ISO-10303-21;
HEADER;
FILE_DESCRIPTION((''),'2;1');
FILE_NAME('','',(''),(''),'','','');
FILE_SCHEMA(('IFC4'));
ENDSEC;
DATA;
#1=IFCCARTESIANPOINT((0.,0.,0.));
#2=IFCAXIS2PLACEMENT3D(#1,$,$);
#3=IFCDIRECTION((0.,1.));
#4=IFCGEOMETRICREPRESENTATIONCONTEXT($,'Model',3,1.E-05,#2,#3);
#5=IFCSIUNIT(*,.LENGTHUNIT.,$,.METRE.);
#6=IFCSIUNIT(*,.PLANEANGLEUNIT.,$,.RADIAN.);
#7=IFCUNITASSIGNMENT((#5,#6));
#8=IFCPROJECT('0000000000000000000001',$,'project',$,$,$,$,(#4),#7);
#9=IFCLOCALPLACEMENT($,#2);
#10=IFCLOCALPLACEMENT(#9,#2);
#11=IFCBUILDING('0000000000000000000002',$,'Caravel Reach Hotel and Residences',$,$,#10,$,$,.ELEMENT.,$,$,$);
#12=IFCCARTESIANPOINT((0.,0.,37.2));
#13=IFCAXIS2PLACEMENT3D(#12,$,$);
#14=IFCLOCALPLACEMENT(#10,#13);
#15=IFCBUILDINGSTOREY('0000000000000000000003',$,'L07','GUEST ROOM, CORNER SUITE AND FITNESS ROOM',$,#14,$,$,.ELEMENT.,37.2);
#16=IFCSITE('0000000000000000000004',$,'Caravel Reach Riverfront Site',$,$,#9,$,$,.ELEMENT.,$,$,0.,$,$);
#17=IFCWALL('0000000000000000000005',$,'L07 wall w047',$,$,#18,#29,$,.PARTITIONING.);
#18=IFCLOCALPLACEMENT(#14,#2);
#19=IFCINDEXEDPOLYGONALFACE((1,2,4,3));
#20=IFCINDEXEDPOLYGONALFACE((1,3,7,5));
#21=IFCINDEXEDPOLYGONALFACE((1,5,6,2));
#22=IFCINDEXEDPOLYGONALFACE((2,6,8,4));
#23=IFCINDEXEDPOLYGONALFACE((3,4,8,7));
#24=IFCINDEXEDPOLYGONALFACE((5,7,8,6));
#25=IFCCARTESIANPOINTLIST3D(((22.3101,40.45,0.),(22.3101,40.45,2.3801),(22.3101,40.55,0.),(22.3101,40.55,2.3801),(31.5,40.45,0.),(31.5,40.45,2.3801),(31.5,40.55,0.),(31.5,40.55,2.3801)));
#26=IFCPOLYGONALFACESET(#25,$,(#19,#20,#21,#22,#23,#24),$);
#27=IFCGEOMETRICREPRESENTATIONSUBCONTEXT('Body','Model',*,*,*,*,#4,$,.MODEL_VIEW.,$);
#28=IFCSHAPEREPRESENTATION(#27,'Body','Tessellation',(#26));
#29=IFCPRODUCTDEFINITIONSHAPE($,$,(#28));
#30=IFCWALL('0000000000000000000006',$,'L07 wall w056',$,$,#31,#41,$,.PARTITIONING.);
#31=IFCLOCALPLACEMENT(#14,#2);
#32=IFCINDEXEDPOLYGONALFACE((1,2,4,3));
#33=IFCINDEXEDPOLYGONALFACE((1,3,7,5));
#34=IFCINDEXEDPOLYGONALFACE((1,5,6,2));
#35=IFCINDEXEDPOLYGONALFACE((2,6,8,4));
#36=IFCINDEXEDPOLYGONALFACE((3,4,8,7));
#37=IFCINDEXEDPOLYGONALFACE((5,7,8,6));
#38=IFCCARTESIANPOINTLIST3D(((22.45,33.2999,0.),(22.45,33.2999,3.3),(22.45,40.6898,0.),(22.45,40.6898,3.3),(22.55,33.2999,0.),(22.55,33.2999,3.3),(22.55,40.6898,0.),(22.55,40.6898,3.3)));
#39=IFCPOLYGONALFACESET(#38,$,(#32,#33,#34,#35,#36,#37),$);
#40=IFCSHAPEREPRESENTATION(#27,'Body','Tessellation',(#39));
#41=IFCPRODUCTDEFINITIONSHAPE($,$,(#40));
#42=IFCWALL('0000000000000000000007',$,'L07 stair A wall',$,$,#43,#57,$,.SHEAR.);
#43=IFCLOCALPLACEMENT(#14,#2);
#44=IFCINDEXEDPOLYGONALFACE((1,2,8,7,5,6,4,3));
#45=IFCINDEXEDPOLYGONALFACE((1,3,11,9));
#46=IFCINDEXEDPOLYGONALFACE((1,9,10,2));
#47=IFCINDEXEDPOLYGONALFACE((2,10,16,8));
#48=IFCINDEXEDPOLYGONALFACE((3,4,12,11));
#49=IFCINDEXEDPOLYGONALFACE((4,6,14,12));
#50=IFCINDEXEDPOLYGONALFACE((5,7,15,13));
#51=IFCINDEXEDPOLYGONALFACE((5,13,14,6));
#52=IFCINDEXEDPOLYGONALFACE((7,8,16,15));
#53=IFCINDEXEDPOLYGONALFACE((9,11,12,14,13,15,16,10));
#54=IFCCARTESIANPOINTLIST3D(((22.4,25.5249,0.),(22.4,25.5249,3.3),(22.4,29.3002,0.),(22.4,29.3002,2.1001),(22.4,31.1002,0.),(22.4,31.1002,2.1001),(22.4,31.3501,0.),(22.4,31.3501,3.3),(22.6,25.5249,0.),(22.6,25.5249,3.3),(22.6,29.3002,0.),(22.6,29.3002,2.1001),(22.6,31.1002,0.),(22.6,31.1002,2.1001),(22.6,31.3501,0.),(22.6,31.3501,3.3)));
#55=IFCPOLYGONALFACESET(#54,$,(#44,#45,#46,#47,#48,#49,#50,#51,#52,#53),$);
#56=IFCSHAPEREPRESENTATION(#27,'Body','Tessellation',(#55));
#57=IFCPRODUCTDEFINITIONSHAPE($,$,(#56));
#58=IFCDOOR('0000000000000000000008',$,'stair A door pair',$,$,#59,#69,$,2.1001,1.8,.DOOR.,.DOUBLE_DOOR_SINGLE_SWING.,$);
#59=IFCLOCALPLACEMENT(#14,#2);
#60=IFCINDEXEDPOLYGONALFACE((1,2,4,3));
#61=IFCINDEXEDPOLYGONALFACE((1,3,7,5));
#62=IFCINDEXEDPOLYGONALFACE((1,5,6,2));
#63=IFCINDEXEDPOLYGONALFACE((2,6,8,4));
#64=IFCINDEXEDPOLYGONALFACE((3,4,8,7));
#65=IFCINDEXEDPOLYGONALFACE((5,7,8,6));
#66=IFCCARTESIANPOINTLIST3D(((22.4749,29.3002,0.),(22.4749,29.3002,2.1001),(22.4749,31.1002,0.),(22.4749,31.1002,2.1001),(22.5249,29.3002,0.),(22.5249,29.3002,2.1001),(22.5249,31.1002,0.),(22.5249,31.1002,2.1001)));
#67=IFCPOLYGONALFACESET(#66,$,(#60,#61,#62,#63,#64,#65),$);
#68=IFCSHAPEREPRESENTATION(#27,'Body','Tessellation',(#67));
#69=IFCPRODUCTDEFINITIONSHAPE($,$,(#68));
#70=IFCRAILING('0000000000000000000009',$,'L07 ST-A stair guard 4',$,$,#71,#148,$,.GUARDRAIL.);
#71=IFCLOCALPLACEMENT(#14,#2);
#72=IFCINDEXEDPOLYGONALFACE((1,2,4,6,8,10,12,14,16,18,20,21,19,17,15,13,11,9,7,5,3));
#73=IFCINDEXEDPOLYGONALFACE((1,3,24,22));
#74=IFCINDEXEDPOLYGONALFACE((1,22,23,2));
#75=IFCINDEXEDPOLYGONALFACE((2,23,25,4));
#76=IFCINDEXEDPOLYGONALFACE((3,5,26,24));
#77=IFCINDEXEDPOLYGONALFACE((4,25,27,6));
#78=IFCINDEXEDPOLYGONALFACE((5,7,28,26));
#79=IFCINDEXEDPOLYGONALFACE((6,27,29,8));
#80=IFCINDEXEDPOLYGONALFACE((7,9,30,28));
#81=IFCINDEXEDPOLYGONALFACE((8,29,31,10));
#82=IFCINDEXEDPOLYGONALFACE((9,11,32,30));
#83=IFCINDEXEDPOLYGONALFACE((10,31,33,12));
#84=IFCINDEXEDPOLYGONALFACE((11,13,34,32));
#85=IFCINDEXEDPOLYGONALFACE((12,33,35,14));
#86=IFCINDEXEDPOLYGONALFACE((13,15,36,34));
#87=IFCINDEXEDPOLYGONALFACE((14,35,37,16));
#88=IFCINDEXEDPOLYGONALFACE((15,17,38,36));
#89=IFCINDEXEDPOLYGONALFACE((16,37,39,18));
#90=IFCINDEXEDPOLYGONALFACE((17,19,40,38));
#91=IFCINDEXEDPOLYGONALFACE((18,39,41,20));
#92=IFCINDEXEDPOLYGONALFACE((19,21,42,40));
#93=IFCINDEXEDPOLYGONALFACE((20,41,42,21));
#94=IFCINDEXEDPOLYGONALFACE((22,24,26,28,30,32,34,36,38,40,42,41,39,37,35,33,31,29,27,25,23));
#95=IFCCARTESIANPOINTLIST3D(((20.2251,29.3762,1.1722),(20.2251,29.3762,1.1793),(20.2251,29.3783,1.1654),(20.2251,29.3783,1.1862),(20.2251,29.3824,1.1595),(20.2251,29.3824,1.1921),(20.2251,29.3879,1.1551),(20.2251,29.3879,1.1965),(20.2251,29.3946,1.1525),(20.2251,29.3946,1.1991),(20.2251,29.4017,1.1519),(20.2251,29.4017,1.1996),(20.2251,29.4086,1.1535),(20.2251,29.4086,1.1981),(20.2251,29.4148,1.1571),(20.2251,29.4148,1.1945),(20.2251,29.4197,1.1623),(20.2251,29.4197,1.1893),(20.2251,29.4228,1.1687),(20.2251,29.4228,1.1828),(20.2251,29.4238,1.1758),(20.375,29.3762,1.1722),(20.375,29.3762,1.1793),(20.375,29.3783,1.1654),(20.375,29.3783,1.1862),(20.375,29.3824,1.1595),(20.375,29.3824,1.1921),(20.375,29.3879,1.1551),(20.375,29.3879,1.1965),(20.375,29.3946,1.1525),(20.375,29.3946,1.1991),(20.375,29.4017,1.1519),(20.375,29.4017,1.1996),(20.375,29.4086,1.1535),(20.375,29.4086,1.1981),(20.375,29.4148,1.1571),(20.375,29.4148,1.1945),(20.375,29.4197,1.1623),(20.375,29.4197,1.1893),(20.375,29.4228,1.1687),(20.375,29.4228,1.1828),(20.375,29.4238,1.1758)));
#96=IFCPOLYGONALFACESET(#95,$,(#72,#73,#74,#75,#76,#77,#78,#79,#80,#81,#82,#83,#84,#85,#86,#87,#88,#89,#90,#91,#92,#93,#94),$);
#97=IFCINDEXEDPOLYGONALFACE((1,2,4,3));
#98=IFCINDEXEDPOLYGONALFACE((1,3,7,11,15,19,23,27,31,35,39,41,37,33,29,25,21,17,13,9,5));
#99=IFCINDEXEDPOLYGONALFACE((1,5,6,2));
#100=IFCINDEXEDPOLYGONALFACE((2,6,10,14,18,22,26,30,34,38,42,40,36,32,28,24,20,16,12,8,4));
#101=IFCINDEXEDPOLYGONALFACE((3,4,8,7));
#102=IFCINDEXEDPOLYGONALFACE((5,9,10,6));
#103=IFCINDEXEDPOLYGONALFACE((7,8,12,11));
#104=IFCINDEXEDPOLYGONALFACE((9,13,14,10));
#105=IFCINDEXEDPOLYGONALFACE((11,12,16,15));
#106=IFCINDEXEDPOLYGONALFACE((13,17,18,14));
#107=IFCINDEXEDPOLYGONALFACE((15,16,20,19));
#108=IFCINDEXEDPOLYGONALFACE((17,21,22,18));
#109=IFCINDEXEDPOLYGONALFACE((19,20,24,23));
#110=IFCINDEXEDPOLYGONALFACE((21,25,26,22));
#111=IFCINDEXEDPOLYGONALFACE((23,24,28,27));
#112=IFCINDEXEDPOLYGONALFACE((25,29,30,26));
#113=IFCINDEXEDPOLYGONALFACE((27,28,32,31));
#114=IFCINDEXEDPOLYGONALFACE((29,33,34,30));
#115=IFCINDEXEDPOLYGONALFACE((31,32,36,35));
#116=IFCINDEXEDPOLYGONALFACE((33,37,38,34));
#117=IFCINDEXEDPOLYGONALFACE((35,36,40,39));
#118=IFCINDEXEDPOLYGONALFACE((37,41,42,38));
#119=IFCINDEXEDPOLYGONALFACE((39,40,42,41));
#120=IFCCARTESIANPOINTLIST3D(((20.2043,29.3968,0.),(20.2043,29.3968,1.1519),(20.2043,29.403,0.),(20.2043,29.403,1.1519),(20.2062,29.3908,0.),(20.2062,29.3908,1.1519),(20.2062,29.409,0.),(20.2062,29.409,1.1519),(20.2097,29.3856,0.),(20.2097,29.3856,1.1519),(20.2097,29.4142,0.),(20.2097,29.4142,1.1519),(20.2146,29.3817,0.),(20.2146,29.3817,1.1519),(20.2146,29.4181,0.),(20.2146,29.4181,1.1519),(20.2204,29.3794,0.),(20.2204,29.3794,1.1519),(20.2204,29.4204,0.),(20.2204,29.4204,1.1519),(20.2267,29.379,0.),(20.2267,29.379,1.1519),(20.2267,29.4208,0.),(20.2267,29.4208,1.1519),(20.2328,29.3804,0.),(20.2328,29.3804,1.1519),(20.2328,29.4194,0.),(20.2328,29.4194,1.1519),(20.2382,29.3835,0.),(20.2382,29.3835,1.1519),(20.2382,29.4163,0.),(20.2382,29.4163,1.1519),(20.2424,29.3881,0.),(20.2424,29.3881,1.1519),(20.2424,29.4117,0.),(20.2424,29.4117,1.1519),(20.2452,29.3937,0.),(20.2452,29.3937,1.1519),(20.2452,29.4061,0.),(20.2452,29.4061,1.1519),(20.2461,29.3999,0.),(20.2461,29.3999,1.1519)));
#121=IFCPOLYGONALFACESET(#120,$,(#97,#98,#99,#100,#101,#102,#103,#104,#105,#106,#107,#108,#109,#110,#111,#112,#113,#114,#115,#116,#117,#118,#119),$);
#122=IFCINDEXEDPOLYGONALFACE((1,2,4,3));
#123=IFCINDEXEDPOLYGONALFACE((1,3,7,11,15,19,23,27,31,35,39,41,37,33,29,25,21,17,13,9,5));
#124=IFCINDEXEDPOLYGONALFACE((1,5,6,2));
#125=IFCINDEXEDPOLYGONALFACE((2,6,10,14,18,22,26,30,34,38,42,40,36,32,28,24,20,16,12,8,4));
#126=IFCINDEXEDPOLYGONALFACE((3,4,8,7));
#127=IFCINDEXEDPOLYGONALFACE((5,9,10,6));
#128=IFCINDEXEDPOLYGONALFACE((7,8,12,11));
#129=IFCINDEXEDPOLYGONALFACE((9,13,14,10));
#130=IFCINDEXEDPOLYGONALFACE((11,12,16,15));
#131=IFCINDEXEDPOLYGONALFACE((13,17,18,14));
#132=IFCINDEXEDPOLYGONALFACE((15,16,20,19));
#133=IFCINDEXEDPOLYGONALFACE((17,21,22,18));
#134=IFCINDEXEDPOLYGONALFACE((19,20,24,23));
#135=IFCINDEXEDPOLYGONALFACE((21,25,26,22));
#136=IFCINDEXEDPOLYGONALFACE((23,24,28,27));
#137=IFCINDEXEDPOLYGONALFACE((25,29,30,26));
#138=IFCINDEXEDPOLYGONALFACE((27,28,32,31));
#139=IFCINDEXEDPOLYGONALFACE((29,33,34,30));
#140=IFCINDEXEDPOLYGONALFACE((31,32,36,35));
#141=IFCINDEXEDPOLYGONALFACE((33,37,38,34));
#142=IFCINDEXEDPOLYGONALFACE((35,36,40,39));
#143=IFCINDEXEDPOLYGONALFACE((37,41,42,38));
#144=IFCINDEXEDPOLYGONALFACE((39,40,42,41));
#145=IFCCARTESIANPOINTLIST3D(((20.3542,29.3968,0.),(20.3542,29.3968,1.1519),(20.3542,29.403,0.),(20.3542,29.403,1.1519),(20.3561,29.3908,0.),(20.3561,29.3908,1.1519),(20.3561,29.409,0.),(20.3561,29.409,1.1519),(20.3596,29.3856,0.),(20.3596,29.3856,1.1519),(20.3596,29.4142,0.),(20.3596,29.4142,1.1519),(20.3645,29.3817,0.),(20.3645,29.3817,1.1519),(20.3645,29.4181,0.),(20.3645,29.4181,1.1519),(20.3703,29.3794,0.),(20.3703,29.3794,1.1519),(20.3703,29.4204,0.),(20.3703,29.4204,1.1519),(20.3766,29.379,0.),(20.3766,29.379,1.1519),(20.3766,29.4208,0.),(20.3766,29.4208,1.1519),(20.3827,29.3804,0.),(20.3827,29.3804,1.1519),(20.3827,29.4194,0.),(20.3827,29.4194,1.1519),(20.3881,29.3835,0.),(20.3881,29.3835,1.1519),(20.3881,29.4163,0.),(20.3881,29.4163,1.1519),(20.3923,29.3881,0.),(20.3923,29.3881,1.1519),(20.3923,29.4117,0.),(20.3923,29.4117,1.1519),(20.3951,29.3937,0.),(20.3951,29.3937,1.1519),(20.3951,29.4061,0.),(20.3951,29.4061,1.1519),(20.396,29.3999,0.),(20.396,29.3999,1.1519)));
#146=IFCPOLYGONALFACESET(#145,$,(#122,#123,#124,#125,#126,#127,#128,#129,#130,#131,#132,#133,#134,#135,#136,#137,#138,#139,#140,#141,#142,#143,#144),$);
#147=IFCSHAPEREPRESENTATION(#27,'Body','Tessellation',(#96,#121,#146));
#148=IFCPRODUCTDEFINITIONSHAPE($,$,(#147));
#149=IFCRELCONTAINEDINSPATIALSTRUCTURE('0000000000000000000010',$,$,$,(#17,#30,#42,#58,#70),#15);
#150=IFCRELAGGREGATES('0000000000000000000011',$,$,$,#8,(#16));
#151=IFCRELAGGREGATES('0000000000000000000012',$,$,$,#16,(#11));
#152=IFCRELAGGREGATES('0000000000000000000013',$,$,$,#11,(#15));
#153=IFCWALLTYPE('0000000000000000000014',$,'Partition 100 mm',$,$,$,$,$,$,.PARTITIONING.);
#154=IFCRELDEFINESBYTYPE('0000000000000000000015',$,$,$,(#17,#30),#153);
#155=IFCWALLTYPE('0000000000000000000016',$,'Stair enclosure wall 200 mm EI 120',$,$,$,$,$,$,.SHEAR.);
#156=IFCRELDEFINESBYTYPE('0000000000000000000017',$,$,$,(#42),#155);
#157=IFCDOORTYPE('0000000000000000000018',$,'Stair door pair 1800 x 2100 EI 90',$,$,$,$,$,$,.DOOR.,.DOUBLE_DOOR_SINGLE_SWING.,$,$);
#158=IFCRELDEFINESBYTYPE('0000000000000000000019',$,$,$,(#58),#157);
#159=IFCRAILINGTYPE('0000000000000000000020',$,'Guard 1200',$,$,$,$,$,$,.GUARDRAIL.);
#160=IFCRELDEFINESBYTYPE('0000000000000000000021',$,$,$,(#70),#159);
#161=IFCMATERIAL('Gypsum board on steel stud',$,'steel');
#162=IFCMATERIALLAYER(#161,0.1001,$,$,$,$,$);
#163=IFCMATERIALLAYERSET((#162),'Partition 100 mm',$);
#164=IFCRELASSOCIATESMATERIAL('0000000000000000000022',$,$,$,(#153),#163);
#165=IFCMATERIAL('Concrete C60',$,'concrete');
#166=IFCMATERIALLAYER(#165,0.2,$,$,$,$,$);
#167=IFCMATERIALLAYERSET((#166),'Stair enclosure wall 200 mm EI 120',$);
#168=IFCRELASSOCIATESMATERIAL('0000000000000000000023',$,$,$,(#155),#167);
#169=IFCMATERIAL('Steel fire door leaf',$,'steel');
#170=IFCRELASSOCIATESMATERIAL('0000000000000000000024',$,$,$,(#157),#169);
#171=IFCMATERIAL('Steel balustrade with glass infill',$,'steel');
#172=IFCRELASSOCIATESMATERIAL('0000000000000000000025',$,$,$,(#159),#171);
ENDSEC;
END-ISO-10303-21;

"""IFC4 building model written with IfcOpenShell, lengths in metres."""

from ifc_helpers import new_model, si_unit, direction, frame, frame_2d, origin, origin_2d, place, context, subcontext, project, spatial, rectangle, circle, extrude, material, layer, layer_set, type_object, element, fill, save


model = new_model("IFC4")

# Units and contexts
model_context = context("Model", 3, precision=1e-05, world=origin(), true_north=direction((0.0, 1.0)))
body_context = subcontext(model_context, "Body", "Model", "MODEL_VIEW")
ifc_project = project(units=[si_unit("LENGTHUNIT", "METRE"), si_unit("PLANEANGLEUNIT", "RADIAN")], contexts=[model_context])

# Site, building, storey
site_placement = place(None, origin())
site = spatial("IfcSite", under=ifc_project, at=site_placement, Name="Caravel Reach Riverfront Site", CompositionType="ELEMENT", RefElevation=0.0)
building_placement = place(site_placement, origin())
building = spatial("IfcBuilding", under=site, at=building_placement, Name="Caravel Reach Hotel and Residences", CompositionType="ELEMENT")
storey_placement = place(building_placement, frame((0.0, 0.0, 37.2)))
storey = spatial("IfcBuildingStorey", under=building, at=storey_placement, Name="L07", Description="GUEST ROOM, CORNER SUITE AND FITNESS ROOM", CompositionType="ELEMENT", Elevation=37.2)

# Walls
ifc_material_1 = material(Name="Gypsum board on steel stud", Category="steel")
ifc_layer_1 = layer(ifc_material_1, 0.1001)
ifc_layer_set_1 = layer_set([ifc_layer_1], Name="Partition 100 mm")
wall_type_1 = type_object("IfcWallType", Name="Partition 100 mm", PredefinedType="PARTITIONING", material=ifc_layer_set_1)
wall_1_placement = place(storey_placement, frame((22.3101, 40.5, 0.0), z_axis=(0.0, 0.0, 1.0), x_axis=(1.0, 0.0, 0.0)))
element("IfcWall", 1, at=wall_1_placement, inside=storey, type_object=wall_type_1, Name="L07 wall w047", PredefinedType="PARTITIONING", context=body_context, shape_type="SweptSolid", body=[
    extrude(rectangle(XDim=9.1899, YDim=0.1001, at=frame_2d((4.595, 0.0))), origin(), (0.0, 0.0, 1.0), 2.3801),
])
wall_2_placement = place(storey_placement, frame((22.5, 33.3, 0.0), z_axis=(0.0, 0.0, 1.0), x_axis=(0.0, 1.0, 0.0)))
element("IfcWall", 2, at=wall_2_placement, inside=storey, type_object=wall_type_1, Name="L07 wall w056", PredefinedType="PARTITIONING", context=body_context, shape_type="SweptSolid", body=[
    extrude(rectangle(XDim=7.3899, YDim=0.1001, at=frame_2d((3.6948, 0.0))), origin(), (0.0, 0.0, 1.0), 3.3),
])

# Wall, opening, door
ifc_material_2 = material(Name="Concrete C60", Category="concrete")
ifc_layer_2 = layer(ifc_material_2, 0.2)
ifc_layer_set_2 = layer_set([ifc_layer_2], Name="Stair enclosure wall 200 mm EI 120")
wall_type_2 = type_object("IfcWallType", Name="Stair enclosure wall 200 mm EI 120", PredefinedType="SHEAR", material=ifc_layer_set_2)
wall_3_placement = place(storey_placement, frame((22.5, 31.3501, 0.0), z_axis=(0.0, 0.0, 1.0), x_axis=(0.0, -1.0, 0.0)))
wall_3 = element("IfcWall", 3, at=wall_3_placement, inside=storey, type_object=wall_type_2, Name="L07 stair A wall", PredefinedType="SHEAR", context=body_context, shape_type="SweptSolid", body=[
    extrude(rectangle(XDim=5.8252, YDim=0.2, at=frame_2d((2.9126, 0.0))), origin(), (0.0, 0.0, 1.0), 3.3),
])
opening_1_placement = place(wall_3_placement, frame((0.25, 0.0, 0.0)))
opening_1 = element("IfcOpeningElement", 4, at=opening_1_placement, cuts=wall_3, PredefinedType="OPENING", context=body_context, shape_type="SweptSolid", body=[
    extrude(rectangle(XDim=1.8, YDim=2.1001, at=frame_2d((0.8999, 1.05))), frame((0.0, 0.1099, 0.0), z_axis=(0.0, -1.0, 0.0), x_axis=(1.0, 0.0, 0.0)), (0.0, 0.0, 1.0), 0.22),
])
ifc_material_3 = material(Name="Steel fire door leaf", Category="steel")
door_type_1 = type_object("IfcDoorType", Name="Stair door pair 1800 x 2100 EI 90", OperationType="DOUBLE_DOOR_SINGLE_SWING", PredefinedType="DOOR", material=ifc_material_3)
door_1_placement = place(opening_1_placement, origin())
door_1 = element("IfcDoor", 5, at=door_1_placement, inside=storey, type_object=door_type_1, Name="stair A door pair", OperationType="DOUBLE_DOOR_SINGLE_SWING", OverallHeight=2.1001, OverallWidth=1.8, PredefinedType="DOOR", context=body_context, shape_type="SweptSolid", body=[
    extrude(rectangle(XDim=1.8, YDim=2.1001, at=frame_2d((0.8999, 1.05))), frame((0.0, 0.0249, 0.0), z_axis=(0.0, -1.0, 0.0), x_axis=(1.0, 0.0, 0.0)), (0.0, 0.0, 1.0), 0.05),
])
fill(opening_1, door_1)

# Railing
ifc_material_4 = material(Name="Steel balustrade with glass infill", Category="steel")
railing_type = type_object("IfcRailingType", Name="Guard 1200", PredefinedType="GUARDRAIL", material=ifc_material_4)
railing_placement = place(storey_placement, frame((20.2251, 29.3999, 0.0)))
element("IfcRailing", 6, at=railing_placement, inside=storey, type_object=railing_type, Name="L07 ST-A stair guard 4", PredefinedType="GUARDRAIL", context=body_context, shape_type="SweptSolid", body=[
    extrude(circle(Radius=0.0239, at=origin_2d()), frame((0.0, 0.0, 1.1758), z_axis=(1.0, 0.0, 0.0), x_axis=(0.0, 1.0, 0.0)), (0.0, 0.0, 1.0), 0.1499),
    extrude(circle(Radius=0.021, at=origin_2d()), origin(), (0.0, 0.0, 1.0), 1.1519),
    extrude(circle(Radius=0.021, at=origin_2d()), frame((0.1499, 0.0, 0.0)), (0.0, 0.0, 1.0), 1.1519),
])

save(model, "model.ifc")
